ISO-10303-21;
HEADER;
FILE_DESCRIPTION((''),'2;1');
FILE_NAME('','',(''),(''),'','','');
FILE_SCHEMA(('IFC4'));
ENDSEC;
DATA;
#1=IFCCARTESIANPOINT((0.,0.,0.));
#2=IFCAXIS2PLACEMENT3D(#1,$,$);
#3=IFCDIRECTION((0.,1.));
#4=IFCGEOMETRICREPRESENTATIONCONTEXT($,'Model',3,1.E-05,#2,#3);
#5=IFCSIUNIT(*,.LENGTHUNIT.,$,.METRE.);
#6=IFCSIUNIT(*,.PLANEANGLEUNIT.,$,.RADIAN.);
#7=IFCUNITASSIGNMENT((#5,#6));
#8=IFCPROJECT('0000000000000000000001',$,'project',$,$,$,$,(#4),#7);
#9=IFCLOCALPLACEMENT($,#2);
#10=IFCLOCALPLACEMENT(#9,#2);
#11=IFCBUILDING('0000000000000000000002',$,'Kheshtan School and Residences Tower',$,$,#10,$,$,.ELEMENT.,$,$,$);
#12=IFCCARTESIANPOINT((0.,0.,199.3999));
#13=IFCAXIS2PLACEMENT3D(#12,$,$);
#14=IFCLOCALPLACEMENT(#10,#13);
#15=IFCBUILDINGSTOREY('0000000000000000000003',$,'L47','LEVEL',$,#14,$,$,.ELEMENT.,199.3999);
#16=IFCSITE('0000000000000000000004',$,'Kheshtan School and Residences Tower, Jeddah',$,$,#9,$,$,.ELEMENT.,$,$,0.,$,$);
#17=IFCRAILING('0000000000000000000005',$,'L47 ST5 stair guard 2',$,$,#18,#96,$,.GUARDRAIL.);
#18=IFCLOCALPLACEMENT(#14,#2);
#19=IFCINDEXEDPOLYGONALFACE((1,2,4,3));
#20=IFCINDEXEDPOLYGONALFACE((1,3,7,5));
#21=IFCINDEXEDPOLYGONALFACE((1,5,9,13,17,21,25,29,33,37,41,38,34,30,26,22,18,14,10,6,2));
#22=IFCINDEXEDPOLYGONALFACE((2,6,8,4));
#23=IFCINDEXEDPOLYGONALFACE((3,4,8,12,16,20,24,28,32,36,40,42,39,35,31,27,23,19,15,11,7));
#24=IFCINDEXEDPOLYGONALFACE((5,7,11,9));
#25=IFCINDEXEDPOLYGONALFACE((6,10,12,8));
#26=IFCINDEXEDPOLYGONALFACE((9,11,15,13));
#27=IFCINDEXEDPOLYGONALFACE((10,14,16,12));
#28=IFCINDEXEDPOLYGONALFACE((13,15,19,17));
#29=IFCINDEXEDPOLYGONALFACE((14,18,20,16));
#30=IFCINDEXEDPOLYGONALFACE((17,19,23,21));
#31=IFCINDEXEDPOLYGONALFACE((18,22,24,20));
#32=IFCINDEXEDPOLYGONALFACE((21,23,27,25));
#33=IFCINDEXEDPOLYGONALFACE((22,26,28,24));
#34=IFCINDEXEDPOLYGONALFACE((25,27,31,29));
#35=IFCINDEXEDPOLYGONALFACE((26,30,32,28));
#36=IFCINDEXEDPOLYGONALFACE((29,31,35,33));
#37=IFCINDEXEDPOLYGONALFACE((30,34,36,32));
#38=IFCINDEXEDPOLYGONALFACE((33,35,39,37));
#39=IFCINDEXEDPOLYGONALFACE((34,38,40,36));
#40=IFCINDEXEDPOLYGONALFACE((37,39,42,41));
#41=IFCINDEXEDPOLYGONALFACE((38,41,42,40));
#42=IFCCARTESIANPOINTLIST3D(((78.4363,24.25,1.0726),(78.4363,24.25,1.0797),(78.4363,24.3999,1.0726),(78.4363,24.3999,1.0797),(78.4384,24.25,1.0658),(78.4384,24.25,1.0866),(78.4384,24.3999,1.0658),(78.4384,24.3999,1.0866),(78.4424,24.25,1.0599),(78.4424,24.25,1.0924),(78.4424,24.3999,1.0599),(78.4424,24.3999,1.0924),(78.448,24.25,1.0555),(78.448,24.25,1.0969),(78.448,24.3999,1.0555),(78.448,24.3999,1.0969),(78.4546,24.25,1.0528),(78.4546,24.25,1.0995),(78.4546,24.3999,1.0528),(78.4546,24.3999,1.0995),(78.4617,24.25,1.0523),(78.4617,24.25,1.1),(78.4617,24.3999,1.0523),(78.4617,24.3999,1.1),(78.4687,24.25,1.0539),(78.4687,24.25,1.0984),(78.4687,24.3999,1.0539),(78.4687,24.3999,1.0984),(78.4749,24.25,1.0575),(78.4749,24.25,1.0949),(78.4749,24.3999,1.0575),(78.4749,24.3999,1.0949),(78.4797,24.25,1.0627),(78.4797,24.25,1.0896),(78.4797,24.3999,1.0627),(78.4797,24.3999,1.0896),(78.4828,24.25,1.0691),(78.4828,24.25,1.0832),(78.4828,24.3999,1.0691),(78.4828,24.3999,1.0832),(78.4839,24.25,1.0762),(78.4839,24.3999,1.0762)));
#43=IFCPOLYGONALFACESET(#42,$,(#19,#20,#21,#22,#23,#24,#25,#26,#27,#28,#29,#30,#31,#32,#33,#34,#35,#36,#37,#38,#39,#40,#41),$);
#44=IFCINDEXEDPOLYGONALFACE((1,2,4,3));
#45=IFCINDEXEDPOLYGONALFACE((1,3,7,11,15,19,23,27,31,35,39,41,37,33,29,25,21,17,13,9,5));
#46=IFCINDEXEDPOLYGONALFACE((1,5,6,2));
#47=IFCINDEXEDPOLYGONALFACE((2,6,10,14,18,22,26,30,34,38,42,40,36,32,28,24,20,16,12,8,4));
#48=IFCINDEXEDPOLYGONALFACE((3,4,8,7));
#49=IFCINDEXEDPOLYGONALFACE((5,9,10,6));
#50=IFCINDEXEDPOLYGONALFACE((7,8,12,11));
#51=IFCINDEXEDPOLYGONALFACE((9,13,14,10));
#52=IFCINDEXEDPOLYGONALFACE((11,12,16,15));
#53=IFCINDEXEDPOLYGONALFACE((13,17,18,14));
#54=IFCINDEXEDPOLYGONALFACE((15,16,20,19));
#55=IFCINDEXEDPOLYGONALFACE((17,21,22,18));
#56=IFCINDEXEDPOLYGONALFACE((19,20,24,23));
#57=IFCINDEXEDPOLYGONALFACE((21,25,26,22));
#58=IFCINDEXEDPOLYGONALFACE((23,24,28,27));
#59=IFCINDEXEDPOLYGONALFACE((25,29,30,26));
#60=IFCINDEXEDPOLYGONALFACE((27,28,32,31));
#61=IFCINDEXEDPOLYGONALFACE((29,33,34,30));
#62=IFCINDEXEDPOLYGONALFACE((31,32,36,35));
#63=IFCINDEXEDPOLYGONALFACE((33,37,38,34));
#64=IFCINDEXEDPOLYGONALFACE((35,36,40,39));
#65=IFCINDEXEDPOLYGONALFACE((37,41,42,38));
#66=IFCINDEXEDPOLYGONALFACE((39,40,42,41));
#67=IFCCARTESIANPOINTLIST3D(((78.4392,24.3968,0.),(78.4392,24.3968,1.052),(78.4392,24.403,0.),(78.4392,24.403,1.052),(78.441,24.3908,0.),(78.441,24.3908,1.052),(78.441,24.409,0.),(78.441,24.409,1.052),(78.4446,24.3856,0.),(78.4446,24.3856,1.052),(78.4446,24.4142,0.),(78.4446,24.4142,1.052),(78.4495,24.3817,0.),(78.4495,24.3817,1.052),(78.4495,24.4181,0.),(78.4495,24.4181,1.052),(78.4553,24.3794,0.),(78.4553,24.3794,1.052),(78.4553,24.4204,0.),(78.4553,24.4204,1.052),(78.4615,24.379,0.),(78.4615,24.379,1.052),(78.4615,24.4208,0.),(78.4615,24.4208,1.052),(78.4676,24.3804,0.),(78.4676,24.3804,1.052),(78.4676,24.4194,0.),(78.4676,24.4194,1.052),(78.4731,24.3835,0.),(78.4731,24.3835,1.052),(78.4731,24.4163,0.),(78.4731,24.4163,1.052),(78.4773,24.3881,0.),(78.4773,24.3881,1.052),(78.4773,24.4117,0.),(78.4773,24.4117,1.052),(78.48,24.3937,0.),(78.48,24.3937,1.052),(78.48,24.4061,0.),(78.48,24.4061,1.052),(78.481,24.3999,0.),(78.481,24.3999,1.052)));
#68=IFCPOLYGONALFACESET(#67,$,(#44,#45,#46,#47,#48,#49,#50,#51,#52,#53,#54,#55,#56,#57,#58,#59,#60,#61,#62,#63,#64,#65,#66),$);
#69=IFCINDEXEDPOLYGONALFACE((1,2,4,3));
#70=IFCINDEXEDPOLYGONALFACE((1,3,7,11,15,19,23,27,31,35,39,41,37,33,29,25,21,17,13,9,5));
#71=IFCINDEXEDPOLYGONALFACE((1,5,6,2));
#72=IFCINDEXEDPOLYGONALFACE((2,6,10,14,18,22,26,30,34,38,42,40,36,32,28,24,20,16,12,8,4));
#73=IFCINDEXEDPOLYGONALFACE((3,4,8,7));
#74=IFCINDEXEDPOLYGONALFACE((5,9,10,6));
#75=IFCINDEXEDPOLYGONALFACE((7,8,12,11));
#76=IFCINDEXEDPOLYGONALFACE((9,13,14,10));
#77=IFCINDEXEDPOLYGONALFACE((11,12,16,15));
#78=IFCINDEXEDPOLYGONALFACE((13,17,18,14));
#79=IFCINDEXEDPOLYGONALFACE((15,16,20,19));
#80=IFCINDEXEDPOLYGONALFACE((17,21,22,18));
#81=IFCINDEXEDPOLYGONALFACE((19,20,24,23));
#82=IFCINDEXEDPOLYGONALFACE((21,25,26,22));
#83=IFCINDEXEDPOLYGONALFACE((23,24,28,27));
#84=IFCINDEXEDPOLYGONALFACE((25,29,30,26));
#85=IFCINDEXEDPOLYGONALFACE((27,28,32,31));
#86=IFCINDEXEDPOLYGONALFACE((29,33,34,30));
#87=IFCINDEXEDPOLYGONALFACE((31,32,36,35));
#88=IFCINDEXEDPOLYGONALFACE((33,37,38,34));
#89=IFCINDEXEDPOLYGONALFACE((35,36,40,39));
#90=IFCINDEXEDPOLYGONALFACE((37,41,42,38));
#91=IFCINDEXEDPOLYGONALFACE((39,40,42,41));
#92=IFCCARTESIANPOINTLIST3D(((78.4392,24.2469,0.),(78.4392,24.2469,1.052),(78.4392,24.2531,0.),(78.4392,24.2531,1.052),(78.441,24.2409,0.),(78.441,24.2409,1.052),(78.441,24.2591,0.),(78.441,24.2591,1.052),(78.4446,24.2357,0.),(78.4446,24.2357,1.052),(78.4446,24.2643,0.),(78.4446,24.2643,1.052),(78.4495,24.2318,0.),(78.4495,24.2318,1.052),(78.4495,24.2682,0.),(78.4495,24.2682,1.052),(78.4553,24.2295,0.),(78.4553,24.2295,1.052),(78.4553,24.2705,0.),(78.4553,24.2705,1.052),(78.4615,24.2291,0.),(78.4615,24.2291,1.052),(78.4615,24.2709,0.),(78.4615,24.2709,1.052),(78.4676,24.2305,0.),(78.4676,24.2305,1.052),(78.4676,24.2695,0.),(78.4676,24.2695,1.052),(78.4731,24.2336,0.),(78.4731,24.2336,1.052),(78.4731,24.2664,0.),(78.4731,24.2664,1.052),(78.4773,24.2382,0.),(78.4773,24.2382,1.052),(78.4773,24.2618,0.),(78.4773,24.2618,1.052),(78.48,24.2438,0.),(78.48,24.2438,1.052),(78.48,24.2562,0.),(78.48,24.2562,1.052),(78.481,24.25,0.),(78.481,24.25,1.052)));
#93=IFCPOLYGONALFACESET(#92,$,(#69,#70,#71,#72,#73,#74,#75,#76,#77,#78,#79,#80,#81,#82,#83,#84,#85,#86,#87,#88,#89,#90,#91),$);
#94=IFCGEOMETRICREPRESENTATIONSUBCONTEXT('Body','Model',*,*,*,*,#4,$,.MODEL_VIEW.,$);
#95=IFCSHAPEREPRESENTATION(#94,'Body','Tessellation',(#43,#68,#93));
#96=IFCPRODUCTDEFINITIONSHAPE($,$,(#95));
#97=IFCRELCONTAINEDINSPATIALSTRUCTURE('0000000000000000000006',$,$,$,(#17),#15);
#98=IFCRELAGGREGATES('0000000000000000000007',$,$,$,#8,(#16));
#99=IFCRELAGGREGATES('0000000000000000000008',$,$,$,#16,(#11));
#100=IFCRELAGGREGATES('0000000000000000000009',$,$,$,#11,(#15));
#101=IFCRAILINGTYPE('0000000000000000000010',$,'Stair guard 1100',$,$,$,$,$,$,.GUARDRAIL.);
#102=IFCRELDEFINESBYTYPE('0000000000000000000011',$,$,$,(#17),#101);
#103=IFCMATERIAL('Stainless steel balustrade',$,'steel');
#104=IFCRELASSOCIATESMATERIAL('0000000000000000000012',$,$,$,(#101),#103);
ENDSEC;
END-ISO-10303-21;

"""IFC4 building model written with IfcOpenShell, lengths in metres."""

from ifc_helpers import new_model, si_unit, direction, frame, origin, origin_2d, place, context, subcontext, project, spatial, circle, extrude, material, type_object, element, save


model = new_model("IFC4")

# Units and contexts
model_context = context("Model", 3, precision=1e-05, world=origin(), true_north=direction((0.0, 1.0)))
body_context = subcontext(model_context, "Body", "Model", "MODEL_VIEW")
ifc_project = project(units=[si_unit("LENGTHUNIT", "METRE"), si_unit("PLANEANGLEUNIT", "RADIAN")], contexts=[model_context])

# Site, building, storey
site_placement = place(None, origin())
site = spatial("IfcSite", under=ifc_project, at=site_placement, Name="Kheshtan School and Residences Tower, Jeddah", CompositionType="ELEMENT", RefElevation=0.0)
building_placement = place(site_placement, origin())
building = spatial("IfcBuilding", under=site, at=building_placement, Name="Kheshtan School and Residences Tower", CompositionType="ELEMENT")
storey_placement = place(building_placement, frame((0.0, 0.0, 199.3999)))
storey = spatial("IfcBuildingStorey", under=building, at=storey_placement, Name="L47", Description="LEVEL", CompositionType="ELEMENT", Elevation=199.3999)

# Railing
ifc_material_1 = material(Name="Stainless steel balustrade", Category="steel")
railing_type_1 = type_object("IfcRailingType", Name="Stair guard 1100", PredefinedType="GUARDRAIL", material=ifc_material_1)
railing_1_placement = place(storey_placement, frame((78.46, 24.3999, 0.0)))
element("IfcRailing", 1, at=railing_1_placement, inside=storey, type_object=railing_type_1, Name="L47 ST5 stair guard 2", PredefinedType="GUARDRAIL", context=body_context, shape_type="SweptSolid", body=[
    extrude(circle(Radius=0.0239, at=origin_2d()), frame((0.0, 0.0, 1.0762), z_axis=(0.0, -1.0, 0.0), x_axis=(1.0, 0.0, 0.0)), (0.0, 0.0, 1.0), 0.1499),
    extrude(circle(Radius=0.021, at=origin_2d()), origin(), (0.0, 0.0, 1.0), 1.052),
    extrude(circle(Radius=0.021, at=origin_2d()), frame((0.0, -0.1499, 0.0)), (0.0, 0.0, 1.0), 1.052),
])

save(model, "model.ifc")
